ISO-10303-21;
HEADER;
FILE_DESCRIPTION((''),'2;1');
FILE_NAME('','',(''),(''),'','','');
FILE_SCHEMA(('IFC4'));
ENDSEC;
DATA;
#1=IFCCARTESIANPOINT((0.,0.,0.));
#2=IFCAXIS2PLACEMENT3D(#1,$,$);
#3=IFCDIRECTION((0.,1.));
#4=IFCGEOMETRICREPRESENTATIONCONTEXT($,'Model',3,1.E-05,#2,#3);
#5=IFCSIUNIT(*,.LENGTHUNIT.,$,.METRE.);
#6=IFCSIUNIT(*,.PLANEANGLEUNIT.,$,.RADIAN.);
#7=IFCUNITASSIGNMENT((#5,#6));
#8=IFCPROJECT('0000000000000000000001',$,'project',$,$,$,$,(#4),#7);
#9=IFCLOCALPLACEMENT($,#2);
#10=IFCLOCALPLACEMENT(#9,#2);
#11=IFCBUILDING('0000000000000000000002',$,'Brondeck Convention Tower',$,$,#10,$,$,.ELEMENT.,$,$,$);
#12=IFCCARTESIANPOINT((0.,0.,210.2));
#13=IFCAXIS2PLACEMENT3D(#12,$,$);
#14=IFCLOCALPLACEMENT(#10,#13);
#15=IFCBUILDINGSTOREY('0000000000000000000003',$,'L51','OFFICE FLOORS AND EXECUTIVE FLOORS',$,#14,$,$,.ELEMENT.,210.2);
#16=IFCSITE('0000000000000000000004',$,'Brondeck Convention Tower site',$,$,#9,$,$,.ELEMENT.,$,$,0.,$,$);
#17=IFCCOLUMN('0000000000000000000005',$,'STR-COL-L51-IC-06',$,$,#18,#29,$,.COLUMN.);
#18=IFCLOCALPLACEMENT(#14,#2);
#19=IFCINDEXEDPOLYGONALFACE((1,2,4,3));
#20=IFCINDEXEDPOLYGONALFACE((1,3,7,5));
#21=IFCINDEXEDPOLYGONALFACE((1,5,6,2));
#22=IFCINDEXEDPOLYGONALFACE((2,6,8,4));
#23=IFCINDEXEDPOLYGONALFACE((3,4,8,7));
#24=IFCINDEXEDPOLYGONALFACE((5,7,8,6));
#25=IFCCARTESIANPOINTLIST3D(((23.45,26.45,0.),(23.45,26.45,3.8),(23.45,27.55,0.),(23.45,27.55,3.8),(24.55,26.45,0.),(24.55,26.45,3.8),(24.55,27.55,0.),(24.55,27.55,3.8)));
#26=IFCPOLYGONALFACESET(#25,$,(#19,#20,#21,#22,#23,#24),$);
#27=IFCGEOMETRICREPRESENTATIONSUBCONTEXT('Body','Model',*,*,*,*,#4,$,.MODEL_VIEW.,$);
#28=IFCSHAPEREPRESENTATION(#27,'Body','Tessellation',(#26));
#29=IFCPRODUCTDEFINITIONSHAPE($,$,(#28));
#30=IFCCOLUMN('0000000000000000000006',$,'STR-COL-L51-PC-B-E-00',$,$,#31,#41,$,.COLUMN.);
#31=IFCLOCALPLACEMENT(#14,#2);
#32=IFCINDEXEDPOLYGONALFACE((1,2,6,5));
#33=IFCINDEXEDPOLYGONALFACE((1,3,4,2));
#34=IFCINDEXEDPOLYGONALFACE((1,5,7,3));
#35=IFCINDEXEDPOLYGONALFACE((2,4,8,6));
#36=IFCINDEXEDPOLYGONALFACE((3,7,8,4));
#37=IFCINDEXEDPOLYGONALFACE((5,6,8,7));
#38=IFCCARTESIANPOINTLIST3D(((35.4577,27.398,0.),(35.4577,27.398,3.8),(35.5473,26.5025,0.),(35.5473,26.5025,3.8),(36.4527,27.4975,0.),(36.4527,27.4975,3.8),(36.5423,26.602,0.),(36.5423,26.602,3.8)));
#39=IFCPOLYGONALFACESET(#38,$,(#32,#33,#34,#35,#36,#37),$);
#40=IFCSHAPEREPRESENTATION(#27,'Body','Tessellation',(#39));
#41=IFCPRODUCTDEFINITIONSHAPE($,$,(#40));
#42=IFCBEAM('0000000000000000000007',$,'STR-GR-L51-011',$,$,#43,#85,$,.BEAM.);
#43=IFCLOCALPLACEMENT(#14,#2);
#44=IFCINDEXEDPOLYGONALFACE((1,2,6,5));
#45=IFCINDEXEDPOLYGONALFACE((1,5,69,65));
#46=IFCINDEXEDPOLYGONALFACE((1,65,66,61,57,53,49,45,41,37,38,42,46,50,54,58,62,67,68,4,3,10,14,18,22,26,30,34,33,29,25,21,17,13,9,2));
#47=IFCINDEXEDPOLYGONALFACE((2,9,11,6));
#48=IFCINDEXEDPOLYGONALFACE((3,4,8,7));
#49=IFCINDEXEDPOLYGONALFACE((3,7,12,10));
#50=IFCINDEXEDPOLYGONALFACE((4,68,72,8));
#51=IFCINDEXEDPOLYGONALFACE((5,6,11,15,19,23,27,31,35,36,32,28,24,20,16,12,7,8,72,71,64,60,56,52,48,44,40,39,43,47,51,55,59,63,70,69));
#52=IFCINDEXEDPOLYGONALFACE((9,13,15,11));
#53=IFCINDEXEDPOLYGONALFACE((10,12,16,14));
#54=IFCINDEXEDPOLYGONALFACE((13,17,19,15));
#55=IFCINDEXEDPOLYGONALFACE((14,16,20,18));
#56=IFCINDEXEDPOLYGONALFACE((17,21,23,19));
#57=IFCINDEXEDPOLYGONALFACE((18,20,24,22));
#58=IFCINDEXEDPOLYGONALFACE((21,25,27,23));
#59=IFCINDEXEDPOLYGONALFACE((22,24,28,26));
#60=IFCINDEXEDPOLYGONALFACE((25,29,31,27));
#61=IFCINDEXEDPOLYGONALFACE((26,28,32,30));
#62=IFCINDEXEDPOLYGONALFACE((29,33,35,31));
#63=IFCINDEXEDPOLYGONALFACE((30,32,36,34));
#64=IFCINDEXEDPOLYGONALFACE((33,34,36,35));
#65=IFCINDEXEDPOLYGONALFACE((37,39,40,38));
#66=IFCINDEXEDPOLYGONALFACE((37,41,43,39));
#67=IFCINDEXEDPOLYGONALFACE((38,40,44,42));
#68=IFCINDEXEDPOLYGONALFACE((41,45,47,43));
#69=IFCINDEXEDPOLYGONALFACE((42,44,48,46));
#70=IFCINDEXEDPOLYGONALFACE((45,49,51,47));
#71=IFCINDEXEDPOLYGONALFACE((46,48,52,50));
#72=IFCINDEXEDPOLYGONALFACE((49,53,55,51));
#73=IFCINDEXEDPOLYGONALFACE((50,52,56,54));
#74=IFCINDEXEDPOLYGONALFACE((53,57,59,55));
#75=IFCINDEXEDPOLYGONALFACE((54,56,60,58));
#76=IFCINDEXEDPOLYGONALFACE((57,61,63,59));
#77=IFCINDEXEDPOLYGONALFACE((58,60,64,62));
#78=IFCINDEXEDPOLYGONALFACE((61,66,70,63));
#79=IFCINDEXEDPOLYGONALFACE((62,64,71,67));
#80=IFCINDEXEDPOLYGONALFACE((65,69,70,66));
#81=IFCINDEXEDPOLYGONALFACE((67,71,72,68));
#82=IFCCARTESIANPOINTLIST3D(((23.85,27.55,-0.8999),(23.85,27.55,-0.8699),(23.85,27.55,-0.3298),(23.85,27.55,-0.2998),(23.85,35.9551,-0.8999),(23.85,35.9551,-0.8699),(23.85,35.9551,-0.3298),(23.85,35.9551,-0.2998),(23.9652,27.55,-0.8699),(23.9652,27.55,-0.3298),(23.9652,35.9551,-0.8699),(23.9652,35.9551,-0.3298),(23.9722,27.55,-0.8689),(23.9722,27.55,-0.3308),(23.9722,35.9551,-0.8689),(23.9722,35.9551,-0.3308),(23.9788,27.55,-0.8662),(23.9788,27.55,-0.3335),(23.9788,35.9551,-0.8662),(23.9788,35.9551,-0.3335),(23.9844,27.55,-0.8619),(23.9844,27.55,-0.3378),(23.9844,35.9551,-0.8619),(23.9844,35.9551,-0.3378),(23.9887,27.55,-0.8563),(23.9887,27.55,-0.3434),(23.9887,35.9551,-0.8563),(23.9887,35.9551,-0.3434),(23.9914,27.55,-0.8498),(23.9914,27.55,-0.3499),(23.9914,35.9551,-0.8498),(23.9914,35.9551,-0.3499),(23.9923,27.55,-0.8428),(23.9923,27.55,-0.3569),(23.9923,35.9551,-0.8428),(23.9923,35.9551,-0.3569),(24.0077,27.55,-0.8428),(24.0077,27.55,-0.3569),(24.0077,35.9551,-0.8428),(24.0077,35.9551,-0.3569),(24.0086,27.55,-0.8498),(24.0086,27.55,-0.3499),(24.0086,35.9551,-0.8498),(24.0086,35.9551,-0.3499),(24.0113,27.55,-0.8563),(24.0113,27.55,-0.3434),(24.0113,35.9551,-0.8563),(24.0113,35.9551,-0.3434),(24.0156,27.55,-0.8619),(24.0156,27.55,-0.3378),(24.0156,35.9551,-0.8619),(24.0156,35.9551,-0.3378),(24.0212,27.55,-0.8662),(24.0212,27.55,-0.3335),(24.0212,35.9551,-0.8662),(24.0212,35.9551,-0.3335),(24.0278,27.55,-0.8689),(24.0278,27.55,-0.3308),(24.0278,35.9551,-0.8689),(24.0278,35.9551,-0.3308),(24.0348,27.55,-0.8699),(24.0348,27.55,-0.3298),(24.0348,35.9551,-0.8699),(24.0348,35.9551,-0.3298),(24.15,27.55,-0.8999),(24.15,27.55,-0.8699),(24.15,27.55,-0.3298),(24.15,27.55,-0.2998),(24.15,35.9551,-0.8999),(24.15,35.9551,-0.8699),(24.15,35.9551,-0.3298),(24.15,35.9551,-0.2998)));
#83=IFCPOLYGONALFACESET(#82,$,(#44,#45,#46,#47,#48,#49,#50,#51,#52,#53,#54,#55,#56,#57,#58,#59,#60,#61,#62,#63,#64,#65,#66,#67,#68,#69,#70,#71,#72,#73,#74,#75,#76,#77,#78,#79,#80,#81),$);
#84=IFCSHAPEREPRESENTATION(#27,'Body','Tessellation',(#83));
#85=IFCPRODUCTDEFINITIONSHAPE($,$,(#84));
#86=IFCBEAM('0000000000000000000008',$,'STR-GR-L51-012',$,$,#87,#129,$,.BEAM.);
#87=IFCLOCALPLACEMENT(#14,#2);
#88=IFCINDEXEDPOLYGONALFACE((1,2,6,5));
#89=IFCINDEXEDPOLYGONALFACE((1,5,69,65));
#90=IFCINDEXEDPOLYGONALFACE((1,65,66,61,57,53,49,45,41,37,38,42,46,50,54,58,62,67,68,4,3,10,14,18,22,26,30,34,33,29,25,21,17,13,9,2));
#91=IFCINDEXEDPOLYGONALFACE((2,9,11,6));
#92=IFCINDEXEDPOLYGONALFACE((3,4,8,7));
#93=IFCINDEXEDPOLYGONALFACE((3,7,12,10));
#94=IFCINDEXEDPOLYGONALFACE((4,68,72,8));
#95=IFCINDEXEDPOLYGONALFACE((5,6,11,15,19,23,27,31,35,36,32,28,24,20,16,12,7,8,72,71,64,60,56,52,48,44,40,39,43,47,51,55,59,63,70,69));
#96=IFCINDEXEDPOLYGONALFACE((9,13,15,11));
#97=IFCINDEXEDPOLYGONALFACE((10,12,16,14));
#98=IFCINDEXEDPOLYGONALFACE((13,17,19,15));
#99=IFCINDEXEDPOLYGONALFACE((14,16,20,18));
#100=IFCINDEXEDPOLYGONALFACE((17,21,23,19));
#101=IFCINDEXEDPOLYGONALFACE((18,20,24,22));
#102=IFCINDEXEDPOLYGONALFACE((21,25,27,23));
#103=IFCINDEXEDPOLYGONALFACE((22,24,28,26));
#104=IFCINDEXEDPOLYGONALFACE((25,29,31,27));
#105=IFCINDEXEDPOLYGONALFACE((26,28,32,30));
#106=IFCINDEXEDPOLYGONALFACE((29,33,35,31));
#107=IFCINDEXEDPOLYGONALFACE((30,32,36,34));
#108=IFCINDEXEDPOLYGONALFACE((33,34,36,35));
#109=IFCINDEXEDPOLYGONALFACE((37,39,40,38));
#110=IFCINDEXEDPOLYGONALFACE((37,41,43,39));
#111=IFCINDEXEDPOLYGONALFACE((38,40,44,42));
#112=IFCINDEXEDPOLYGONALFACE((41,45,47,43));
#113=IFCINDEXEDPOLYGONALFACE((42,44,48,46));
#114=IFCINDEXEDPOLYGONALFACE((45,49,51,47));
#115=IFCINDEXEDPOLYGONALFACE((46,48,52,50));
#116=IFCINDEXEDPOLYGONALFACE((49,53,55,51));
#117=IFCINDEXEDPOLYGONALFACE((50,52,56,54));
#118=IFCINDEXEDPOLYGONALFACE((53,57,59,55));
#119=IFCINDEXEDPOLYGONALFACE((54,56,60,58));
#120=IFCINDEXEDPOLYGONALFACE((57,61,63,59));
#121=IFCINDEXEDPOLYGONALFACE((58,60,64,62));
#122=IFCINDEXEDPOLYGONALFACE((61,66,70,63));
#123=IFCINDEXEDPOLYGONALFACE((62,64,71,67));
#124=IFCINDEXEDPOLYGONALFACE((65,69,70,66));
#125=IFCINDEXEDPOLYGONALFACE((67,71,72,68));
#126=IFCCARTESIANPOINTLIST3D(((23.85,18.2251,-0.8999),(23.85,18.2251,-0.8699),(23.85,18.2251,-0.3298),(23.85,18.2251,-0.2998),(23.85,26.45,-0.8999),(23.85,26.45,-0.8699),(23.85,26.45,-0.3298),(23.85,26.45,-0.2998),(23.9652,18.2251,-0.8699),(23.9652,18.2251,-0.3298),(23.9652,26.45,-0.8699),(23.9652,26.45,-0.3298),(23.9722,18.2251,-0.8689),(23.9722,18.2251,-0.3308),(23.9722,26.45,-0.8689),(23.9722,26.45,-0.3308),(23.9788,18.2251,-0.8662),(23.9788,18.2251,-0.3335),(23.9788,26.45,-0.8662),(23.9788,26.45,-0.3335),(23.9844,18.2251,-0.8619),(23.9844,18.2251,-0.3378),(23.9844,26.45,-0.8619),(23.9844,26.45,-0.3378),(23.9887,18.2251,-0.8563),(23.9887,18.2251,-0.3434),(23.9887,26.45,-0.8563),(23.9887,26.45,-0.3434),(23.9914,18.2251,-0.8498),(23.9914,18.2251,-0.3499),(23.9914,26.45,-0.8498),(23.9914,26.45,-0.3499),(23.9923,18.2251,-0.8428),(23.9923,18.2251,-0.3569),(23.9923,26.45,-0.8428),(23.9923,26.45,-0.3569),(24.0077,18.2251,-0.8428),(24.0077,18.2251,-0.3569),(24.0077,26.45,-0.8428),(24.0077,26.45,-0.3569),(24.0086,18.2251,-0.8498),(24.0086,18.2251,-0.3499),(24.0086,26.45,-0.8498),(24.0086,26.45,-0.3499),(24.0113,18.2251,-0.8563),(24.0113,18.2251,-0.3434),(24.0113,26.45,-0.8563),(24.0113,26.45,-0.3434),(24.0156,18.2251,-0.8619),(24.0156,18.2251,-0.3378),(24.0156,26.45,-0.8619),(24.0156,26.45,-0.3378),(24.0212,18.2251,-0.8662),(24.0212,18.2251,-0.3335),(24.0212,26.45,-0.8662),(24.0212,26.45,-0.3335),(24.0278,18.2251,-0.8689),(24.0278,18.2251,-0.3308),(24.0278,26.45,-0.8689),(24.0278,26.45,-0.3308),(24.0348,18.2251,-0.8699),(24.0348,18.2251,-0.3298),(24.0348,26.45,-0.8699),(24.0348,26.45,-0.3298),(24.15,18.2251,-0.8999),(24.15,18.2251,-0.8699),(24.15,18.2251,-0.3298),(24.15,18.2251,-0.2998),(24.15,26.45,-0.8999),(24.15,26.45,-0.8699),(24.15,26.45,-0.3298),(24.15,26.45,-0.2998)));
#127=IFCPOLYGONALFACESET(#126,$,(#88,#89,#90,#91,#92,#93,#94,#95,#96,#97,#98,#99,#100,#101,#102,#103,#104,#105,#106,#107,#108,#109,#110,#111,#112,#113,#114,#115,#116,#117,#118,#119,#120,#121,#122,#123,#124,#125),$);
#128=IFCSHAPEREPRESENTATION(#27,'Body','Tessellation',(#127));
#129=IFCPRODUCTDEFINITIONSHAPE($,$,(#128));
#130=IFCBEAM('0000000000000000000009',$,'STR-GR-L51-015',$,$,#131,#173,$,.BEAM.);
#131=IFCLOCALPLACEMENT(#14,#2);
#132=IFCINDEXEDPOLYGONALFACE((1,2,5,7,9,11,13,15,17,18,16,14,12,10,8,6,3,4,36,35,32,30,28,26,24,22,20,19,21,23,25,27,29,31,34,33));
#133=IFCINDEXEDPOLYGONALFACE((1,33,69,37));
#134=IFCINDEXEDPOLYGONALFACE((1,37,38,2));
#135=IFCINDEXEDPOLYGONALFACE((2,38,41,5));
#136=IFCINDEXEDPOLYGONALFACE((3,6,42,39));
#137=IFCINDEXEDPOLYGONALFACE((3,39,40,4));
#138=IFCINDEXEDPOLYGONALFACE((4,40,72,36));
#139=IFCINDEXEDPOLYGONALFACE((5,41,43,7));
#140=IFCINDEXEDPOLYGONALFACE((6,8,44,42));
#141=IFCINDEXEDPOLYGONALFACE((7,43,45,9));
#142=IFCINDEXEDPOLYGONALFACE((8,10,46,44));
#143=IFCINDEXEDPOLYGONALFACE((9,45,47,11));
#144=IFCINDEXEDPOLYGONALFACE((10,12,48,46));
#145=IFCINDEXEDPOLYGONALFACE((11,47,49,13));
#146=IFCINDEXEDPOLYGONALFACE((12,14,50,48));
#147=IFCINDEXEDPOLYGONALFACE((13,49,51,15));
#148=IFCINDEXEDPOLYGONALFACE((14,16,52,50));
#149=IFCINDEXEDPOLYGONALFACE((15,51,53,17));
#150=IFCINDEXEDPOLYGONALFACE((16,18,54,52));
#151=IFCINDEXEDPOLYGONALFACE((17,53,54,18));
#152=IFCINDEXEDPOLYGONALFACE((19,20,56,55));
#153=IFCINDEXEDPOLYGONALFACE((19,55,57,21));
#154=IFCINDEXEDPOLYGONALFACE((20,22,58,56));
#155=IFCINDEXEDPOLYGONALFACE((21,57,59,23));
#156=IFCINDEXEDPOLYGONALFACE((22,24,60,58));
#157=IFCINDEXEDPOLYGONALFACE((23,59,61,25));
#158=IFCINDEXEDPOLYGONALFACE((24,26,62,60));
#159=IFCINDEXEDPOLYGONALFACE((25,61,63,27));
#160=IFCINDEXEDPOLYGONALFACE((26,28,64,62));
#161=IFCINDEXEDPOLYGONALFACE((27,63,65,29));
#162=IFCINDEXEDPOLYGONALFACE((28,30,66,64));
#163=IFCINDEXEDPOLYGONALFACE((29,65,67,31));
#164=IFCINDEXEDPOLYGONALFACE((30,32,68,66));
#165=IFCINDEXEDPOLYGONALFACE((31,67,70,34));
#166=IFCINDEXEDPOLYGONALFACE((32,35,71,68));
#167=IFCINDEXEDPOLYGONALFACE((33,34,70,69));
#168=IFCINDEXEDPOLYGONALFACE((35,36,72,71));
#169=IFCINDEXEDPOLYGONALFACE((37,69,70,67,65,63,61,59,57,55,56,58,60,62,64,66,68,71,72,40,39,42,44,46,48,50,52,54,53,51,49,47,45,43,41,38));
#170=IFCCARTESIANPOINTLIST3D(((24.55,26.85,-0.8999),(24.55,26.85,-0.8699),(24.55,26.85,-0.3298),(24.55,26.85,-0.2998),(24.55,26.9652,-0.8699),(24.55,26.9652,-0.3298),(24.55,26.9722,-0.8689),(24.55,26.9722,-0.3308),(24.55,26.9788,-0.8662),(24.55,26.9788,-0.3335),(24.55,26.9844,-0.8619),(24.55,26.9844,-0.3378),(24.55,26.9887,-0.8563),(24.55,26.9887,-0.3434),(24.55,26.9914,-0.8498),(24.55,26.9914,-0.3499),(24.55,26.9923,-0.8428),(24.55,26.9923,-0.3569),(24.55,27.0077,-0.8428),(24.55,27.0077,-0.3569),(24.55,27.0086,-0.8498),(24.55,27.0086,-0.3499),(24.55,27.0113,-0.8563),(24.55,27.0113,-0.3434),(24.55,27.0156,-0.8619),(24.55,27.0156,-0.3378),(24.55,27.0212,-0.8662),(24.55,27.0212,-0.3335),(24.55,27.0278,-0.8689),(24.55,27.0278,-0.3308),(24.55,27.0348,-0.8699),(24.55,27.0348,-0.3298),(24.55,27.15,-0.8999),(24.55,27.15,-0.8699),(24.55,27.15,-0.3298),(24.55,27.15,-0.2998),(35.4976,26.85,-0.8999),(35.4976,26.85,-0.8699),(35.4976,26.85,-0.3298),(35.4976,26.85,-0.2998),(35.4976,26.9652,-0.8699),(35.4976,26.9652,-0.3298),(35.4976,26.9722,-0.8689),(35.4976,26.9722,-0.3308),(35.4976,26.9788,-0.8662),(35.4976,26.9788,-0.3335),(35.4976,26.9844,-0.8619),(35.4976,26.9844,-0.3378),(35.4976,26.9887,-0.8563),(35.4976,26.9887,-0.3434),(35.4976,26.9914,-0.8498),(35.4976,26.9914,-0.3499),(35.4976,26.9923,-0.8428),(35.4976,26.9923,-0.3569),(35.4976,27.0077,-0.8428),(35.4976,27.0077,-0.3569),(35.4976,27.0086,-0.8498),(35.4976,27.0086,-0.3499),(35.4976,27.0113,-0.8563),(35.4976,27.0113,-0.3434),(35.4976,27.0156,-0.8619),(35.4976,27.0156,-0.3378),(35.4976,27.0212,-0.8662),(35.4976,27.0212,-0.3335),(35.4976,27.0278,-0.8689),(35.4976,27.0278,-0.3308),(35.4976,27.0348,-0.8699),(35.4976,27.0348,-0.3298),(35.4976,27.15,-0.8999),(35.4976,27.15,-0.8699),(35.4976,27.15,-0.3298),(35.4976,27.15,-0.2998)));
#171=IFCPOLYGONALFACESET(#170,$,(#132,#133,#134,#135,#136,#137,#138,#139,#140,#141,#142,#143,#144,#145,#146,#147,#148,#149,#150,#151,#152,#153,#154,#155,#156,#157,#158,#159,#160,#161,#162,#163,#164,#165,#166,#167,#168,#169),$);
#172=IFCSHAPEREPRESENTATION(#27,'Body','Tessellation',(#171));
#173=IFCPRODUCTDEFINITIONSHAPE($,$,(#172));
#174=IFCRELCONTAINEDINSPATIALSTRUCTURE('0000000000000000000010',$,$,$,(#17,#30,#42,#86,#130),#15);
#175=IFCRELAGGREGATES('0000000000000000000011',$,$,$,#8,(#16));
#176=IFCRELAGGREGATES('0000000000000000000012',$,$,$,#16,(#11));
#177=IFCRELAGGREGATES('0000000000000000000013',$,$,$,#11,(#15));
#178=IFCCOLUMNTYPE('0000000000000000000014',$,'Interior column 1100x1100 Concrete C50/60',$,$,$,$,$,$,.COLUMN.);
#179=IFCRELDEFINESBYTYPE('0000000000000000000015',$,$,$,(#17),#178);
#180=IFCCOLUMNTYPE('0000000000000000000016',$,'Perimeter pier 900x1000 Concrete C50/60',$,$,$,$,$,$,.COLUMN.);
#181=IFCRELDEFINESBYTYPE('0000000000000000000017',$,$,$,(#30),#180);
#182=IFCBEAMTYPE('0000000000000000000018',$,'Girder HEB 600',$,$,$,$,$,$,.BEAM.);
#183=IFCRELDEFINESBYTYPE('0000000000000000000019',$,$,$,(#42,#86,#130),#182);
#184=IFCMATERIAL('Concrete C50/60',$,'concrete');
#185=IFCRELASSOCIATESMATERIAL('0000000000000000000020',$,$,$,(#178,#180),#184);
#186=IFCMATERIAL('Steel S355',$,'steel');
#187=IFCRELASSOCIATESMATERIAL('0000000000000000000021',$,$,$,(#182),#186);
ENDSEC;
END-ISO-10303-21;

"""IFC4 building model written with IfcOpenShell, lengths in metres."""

from ifc_helpers import new_model, si_unit, direction, frame, origin, origin_2d, place, context, subcontext, project, spatial, rectangle, i_section, extrude, material, material_profile, profile_set, type_object, element, save


model = new_model("IFC4")

# Units and contexts
model_context = context("Model", 3, precision=1e-05, world=origin(), true_north=direction((0.0, 1.0)))
body_context = subcontext(model_context, "Body", "Model", "MODEL_VIEW")
ifc_project = project(units=[si_unit("LENGTHUNIT", "METRE"), si_unit("PLANEANGLEUNIT", "RADIAN")], contexts=[model_context])

# Site, building, storey
site_placement = place(None, origin())
site = spatial("IfcSite", under=ifc_project, at=site_placement, Name="Brondeck Convention Tower site", CompositionType="ELEMENT", RefElevation=0.0)
building_placement = place(site_placement, origin())
building = spatial("IfcBuilding", under=site, at=building_placement, Name="Brondeck Convention Tower", CompositionType="ELEMENT")
storey_placement = place(building_placement, frame((0.0, 0.0, 210.2)))
storey = spatial("IfcBuildingStorey", under=building, at=storey_placement, Name="L51", Description="OFFICE FLOORS AND EXECUTIVE FLOORS", CompositionType="ELEMENT", Elevation=210.2)

# Columns
ifc_material_1 = material(Name="Concrete C50/60", Category="concrete")
ifc_material_profile_1 = material_profile(ifc_material_1, rectangle(XDim=1.1001, YDim=1.1001, at=origin_2d()), Name="Interior column 1100x1100 Concrete C50/60")
ifc_profile_set_1 = profile_set([ifc_material_profile_1], Name="Concrete C50/60")
column_type_1 = type_object("IfcColumnType", Name="Interior column 1100x1100 Concrete C50/60", PredefinedType="COLUMN", material=ifc_profile_set_1)
column_1_placement = place(storey_placement, frame((24.0, 27.0, 0.0), z_axis=(0.0, 0.0, 1.0), x_axis=(1.0, 0.0, 0.0)))
element("IfcColumn", 1, at=column_1_placement, inside=storey, type_object=column_type_1, Name="STR-COL-L51-IC-06", PredefinedType="COLUMN", context=body_context, shape_type="SweptSolid", body=[
    extrude(rectangle(XDim=1.1001, YDim=1.1001, at=origin_2d()), origin(), (0.0, 0.0, 1.0), 3.8),
])
ifc_material_profile_2 = material_profile(ifc_material_1, rectangle(XDim=0.8999, YDim=1.0, at=origin_2d()), Name="Perimeter pier 900x1000 Concrete C50/60")
ifc_profile_set_2 = profile_set([ifc_material_profile_2], Name="Concrete C50/60")
column_type_2 = type_object("IfcColumnType", Name="Perimeter pier 900x1000 Concrete C50/60", PredefinedType="COLUMN", material=ifc_profile_set_2)
column_2_placement = place(storey_placement, frame((36.0, 27.0, 0.0), z_axis=(0.0, 0.0, 1.0), x_axis=(-0.099504, 0.995037, 0.0)))
element("IfcColumn", 2, at=column_2_placement, inside=storey, type_object=column_type_2, Name="STR-COL-L51-PC-B-E-00", PredefinedType="COLUMN", context=body_context, shape_type="SweptSolid", body=[
    extrude(rectangle(XDim=0.8999, YDim=1.0, at=origin_2d()), origin(), (0.0, 0.0, 1.0), 3.8),
])

# Beams
ifc_material_2 = material(Name="Steel S355", Category="steel")
ifc_material_profile_3 = material_profile(ifc_material_2, i_section(OverallWidth=0.3, OverallDepth=0.6001, WebThickness=0.0154, FlangeThickness=0.03, FilletRadius=0.0271, at=origin_2d()), Name="HEB 600")
ifc_profile_set_3 = profile_set([ifc_material_profile_3], Name="Steel S355")
beam_type = type_object("IfcBeamType", Name="Girder HEB 600", PredefinedType="BEAM", material=ifc_profile_set_3)
beam_1_placement = place(storey_placement, frame((24.0, 35.9551, -0.5999), z_axis=(0.0, -1.0, 0.0), x_axis=(1.0, 0.0, 0.0)))
element("IfcBeam", 3, at=beam_1_placement, inside=storey, type_object=beam_type, Name="STR-GR-L51-011", PredefinedType="BEAM", context=body_context, shape_type="SweptSolid", body=[
    extrude(i_section(OverallWidth=0.3, OverallDepth=0.6001, WebThickness=0.0154, FlangeThickness=0.03, FilletRadius=0.0271, at=origin_2d()), origin(), (0.0, 0.0, 1.0), 8.405),
])
beam_2_placement = place(storey_placement, frame((24.0, 26.45, -0.5999), z_axis=(0.0, -1.0, 0.0), x_axis=(1.0, 0.0, 0.0)))
element("IfcBeam", 4, at=beam_2_placement, inside=storey, type_object=beam_type, Name="STR-GR-L51-012", PredefinedType="BEAM", context=body_context, shape_type="SweptSolid", body=[
    extrude(i_section(OverallWidth=0.3, OverallDepth=0.6001, WebThickness=0.0154, FlangeThickness=0.03, FilletRadius=0.0271, at=origin_2d()), origin(), (0.0, 0.0, 1.0), 8.2249),
])
beam_3_placement = place(storey_placement, frame((24.55, 27.0, -0.5999), z_axis=(1.0, 0.0, 0.0), x_axis=(0.0, 1.0, 0.0)))
element("IfcBeam", 5, at=beam_3_placement, inside=storey, type_object=beam_type, Name="STR-GR-L51-015", PredefinedType="BEAM", context=body_context, shape_type="SweptSolid", body=[
    extrude(i_section(OverallWidth=0.3, OverallDepth=0.6001, WebThickness=0.0154, FlangeThickness=0.03, FilletRadius=0.0271, at=origin_2d()), origin(), (0.0, 0.0, 1.0), 10.9475),
])

save(model, "model.ifc")
